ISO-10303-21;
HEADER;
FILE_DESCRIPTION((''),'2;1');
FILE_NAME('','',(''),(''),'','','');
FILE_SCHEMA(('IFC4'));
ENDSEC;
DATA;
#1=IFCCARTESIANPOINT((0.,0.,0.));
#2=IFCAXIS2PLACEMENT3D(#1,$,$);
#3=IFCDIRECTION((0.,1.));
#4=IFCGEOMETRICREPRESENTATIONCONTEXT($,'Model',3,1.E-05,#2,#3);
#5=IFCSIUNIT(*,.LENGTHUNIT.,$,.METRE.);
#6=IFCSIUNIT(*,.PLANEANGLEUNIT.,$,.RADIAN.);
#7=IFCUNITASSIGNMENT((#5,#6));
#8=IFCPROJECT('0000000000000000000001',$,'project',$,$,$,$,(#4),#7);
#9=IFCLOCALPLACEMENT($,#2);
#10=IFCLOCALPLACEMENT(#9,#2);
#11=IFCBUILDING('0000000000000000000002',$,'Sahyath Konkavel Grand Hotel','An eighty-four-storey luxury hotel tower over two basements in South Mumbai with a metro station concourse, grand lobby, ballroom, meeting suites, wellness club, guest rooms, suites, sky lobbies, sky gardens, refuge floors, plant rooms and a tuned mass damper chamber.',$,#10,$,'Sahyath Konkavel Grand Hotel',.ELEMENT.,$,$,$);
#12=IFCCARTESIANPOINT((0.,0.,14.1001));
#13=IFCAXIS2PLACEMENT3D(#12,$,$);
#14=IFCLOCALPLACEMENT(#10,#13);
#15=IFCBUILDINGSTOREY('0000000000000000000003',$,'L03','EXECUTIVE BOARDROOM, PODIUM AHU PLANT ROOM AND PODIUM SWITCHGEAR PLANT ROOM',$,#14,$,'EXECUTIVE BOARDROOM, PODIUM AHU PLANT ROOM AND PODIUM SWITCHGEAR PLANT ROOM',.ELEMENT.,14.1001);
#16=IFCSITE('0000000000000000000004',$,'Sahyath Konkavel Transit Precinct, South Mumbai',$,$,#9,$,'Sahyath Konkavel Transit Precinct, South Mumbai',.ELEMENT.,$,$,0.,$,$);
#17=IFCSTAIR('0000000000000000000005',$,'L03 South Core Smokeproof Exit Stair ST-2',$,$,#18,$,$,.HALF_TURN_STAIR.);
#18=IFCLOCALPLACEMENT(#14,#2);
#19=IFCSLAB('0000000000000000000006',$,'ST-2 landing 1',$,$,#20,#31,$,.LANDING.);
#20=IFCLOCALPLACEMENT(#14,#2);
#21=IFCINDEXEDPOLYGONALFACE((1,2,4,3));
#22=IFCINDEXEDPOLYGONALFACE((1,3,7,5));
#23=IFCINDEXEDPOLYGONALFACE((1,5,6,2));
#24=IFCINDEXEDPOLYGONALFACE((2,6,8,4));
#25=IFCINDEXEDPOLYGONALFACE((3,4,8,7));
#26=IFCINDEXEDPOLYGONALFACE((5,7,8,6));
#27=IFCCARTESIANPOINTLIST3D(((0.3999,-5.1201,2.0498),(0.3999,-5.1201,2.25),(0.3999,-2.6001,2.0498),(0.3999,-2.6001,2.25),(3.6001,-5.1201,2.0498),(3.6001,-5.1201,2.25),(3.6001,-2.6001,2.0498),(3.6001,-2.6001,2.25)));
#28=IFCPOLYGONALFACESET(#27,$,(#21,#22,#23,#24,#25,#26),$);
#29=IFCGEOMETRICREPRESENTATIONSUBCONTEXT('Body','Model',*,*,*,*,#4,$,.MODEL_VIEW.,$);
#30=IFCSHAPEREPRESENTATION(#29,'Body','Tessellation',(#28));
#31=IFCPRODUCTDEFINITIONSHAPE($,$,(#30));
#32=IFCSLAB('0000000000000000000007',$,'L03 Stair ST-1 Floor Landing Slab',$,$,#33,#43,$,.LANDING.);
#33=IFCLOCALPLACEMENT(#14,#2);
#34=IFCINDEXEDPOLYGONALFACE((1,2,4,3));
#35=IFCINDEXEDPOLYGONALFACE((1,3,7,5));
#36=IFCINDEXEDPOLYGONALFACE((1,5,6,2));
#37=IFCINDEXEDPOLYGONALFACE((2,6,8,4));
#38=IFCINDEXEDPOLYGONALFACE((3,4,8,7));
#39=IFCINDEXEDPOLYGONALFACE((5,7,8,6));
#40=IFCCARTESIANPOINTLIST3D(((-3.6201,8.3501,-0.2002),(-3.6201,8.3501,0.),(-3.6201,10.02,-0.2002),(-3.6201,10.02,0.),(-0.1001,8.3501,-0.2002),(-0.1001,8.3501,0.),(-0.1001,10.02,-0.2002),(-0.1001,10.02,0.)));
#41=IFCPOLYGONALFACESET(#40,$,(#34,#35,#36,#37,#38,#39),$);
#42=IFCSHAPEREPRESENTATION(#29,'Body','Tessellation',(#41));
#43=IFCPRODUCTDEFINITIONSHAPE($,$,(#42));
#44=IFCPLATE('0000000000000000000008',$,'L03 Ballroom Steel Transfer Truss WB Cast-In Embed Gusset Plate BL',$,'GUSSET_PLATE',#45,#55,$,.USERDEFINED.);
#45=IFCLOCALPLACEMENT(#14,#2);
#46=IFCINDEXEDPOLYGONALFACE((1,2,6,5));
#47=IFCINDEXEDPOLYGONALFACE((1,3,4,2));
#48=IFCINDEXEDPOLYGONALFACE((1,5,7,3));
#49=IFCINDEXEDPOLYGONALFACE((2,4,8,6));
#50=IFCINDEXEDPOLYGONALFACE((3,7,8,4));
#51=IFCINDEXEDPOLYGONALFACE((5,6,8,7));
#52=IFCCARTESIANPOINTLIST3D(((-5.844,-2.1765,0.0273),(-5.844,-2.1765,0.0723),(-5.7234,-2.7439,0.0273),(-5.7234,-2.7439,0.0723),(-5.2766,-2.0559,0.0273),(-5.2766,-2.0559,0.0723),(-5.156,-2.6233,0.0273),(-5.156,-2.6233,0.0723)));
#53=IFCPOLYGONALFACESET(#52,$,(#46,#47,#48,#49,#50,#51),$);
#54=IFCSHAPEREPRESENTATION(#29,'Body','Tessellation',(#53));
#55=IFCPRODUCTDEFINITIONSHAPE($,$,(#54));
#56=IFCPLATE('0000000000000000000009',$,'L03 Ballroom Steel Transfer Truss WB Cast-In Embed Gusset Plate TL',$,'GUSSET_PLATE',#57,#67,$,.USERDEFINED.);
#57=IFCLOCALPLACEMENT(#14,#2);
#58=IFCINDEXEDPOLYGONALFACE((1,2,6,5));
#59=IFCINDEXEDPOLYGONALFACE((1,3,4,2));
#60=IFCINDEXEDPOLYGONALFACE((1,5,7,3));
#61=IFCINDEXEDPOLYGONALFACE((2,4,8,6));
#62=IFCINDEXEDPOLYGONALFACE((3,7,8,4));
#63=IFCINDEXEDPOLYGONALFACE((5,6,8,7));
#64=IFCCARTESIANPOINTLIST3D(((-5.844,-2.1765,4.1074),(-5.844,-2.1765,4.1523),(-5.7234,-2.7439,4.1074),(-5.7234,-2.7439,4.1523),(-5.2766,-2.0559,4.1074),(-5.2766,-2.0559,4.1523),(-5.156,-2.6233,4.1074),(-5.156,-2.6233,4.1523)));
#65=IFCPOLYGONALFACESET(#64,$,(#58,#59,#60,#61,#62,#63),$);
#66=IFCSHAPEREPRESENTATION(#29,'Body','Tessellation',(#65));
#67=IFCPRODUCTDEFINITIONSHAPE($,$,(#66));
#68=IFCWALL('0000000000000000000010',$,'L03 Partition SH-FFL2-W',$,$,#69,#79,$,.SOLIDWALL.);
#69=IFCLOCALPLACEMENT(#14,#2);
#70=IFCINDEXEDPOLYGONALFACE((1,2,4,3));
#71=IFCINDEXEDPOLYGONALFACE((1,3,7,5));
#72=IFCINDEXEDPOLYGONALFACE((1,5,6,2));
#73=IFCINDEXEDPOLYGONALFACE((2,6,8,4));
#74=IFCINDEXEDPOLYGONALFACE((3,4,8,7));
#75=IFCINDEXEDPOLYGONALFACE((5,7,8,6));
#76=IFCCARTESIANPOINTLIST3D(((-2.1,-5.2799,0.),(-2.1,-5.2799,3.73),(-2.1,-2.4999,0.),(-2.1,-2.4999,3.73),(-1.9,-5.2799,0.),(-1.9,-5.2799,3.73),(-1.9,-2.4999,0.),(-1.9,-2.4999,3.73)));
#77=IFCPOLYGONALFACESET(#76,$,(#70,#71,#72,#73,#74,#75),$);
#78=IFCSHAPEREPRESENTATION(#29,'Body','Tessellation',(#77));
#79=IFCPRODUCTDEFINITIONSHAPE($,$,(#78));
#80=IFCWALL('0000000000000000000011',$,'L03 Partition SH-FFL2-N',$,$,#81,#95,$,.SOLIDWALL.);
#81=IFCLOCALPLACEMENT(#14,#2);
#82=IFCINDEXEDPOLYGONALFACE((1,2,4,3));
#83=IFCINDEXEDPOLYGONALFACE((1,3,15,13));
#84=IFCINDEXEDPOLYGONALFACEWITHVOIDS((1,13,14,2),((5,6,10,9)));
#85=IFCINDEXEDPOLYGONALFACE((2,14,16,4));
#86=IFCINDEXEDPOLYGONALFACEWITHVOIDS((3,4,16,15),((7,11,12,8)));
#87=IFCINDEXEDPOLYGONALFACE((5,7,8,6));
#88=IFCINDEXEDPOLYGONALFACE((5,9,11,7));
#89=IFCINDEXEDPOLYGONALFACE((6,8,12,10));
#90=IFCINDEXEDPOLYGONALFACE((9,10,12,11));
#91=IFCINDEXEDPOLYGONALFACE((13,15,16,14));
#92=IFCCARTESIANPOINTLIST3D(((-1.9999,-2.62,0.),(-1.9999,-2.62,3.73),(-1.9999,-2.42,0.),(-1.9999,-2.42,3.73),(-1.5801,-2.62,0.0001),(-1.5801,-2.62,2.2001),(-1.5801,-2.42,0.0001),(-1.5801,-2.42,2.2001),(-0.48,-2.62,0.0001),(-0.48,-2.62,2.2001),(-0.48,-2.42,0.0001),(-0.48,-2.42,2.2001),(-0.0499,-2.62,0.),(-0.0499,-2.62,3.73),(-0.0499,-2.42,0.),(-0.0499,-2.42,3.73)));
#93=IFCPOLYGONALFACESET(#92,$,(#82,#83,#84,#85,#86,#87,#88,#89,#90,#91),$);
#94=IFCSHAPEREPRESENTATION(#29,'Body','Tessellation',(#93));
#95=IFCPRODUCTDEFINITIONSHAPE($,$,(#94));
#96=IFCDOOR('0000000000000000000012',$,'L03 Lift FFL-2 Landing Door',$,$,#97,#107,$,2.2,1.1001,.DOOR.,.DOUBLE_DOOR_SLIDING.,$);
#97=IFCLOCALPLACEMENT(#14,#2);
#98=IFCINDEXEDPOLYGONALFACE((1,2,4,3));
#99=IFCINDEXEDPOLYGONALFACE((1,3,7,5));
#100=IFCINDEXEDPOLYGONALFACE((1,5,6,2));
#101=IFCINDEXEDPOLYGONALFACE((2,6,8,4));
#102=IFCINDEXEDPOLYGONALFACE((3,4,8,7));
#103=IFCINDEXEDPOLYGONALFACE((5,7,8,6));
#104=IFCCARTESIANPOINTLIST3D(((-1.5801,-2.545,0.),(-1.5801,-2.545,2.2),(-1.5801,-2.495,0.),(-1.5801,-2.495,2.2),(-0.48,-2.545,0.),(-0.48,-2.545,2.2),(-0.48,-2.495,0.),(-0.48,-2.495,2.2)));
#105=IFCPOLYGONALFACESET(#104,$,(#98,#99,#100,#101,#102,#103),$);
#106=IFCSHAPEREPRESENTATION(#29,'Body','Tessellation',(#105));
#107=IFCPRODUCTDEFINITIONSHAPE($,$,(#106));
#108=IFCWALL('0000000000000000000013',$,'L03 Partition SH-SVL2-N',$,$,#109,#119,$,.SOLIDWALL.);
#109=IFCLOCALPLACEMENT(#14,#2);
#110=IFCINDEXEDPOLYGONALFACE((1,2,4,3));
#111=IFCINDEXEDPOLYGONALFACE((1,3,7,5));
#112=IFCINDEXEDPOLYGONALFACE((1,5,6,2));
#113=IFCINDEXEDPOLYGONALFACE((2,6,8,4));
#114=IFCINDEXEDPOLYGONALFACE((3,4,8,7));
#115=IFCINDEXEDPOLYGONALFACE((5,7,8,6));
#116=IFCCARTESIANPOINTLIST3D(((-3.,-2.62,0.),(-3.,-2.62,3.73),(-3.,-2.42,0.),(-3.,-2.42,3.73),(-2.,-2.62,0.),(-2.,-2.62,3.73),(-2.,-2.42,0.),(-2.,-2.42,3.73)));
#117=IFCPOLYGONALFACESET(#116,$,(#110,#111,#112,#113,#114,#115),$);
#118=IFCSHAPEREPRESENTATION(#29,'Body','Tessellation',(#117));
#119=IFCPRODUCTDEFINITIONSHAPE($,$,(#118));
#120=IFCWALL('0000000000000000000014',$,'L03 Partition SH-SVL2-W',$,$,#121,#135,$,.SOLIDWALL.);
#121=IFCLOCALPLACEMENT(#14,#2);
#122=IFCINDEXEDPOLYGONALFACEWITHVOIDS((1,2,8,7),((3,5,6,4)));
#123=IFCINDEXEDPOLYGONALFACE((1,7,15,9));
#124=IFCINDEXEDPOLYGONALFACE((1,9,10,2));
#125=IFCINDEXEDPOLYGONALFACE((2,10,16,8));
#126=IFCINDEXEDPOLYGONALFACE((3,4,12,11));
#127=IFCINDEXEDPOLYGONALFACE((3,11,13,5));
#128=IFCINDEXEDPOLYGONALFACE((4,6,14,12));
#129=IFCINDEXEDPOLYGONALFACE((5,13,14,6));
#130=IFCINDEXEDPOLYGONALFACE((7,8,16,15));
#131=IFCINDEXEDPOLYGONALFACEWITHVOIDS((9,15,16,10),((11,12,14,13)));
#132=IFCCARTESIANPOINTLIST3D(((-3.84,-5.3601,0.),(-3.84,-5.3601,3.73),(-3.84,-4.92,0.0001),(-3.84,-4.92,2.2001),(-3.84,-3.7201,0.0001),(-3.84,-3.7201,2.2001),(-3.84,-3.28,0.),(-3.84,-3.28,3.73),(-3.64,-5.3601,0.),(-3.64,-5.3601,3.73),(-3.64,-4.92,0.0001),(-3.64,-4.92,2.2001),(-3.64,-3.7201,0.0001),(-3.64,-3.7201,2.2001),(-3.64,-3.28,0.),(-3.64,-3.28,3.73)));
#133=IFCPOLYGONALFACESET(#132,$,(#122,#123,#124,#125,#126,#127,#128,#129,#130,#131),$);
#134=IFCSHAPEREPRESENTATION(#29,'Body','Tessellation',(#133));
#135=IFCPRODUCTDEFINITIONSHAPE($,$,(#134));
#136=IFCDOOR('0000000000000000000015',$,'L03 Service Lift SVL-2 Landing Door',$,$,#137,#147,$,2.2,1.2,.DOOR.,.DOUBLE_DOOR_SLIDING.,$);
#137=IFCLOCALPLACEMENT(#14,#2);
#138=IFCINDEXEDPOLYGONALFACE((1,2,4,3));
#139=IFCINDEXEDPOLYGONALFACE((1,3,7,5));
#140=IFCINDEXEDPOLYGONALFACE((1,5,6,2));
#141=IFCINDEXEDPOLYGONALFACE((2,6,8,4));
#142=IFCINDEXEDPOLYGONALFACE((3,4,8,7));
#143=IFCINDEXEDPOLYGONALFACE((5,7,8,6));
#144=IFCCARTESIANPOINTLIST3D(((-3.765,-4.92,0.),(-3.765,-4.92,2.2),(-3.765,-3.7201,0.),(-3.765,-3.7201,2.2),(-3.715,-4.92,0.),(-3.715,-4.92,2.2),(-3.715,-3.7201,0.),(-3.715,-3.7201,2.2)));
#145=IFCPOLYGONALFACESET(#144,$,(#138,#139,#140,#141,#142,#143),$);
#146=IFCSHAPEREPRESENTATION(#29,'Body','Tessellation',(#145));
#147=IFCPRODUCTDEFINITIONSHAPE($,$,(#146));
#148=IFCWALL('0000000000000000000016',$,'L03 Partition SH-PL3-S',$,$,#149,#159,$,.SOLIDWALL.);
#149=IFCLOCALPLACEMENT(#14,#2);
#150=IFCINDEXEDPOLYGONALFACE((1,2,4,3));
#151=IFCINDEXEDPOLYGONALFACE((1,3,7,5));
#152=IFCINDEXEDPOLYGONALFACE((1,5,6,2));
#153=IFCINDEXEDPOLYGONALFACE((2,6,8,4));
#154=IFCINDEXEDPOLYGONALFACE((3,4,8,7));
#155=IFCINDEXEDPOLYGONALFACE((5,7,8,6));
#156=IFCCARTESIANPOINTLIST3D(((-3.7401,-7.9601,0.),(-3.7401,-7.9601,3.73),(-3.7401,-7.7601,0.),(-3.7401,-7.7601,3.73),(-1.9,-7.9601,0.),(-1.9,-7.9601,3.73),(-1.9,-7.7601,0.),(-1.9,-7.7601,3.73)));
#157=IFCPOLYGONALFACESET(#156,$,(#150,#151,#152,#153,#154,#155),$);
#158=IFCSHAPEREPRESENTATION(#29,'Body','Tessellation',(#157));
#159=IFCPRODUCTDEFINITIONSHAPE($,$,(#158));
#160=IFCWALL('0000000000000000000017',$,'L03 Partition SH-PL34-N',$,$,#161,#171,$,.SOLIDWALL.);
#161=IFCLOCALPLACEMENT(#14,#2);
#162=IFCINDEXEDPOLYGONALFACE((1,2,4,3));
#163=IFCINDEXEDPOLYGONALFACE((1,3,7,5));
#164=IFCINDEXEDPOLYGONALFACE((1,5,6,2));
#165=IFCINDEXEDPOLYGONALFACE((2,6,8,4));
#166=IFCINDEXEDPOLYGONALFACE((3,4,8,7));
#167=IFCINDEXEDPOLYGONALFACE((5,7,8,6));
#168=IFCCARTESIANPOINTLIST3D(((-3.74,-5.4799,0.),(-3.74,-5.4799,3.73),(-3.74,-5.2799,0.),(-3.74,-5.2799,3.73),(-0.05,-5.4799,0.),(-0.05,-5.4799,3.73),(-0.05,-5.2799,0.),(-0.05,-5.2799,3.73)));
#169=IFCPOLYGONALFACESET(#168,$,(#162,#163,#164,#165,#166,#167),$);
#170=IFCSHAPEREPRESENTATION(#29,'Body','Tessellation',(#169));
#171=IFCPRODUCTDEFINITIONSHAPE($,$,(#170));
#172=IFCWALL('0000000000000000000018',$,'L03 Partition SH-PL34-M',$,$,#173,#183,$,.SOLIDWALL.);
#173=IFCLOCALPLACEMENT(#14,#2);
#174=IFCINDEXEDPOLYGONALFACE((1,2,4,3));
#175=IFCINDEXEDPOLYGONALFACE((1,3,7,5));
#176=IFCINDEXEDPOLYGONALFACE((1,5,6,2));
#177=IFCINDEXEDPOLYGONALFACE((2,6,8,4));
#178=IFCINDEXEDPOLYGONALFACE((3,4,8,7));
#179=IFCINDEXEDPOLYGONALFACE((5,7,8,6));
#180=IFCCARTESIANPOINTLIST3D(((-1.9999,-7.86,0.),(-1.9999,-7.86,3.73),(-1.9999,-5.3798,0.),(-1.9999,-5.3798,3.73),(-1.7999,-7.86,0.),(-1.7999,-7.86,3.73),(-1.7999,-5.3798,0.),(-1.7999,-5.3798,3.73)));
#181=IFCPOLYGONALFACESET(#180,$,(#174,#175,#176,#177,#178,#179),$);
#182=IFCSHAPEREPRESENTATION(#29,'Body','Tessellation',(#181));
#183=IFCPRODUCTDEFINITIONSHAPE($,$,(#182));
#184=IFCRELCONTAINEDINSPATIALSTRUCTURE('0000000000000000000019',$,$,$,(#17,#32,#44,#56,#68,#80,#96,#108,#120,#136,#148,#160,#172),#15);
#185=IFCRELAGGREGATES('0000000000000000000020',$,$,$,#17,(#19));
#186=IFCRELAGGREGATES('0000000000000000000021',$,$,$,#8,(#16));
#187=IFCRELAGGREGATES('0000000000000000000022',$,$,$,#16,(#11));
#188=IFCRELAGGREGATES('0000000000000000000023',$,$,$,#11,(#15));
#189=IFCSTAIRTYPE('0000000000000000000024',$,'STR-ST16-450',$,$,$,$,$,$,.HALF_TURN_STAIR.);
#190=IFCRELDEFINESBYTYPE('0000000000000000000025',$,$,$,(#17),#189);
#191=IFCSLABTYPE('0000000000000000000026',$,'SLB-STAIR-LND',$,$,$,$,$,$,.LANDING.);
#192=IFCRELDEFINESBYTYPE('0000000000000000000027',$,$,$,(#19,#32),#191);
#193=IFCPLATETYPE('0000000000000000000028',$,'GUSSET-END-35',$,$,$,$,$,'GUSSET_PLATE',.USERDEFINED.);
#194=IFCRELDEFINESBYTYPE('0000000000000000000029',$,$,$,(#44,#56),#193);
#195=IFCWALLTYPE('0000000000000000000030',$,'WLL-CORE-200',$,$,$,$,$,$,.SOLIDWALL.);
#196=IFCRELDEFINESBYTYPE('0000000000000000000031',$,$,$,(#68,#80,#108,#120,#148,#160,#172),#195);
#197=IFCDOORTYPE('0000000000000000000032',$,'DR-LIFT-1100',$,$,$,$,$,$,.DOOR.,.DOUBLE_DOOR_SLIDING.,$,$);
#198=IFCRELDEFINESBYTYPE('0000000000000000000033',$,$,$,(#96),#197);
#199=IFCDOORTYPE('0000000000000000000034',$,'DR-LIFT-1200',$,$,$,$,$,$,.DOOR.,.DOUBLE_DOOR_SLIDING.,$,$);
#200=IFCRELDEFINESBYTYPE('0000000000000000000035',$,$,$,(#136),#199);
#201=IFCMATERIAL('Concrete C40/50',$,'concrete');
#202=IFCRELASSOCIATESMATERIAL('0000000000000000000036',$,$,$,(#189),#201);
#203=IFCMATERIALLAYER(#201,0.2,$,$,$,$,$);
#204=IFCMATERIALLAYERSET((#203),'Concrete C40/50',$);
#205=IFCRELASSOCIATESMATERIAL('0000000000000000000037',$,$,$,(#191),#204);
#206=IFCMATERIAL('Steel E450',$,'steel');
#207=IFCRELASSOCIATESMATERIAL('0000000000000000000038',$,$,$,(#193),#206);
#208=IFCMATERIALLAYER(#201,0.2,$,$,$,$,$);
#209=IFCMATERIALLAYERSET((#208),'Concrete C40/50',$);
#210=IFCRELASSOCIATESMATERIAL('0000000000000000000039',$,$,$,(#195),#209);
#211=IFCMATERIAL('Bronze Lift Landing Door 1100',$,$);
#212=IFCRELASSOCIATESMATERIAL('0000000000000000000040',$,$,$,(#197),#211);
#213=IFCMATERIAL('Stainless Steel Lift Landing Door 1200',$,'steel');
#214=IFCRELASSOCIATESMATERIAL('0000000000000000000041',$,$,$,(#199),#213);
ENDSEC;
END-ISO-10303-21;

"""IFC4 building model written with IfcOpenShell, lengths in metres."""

from ifc_helpers import new_model, si_unit, direction, frame, frame_2d, origin, origin_2d, place, context, subcontext, project, spatial, polyline, rectangle, outline, extrude, source, transform, mapped, material, layer, layer_set, type_object, element, fill, aggregate, save


model = new_model("IFC4")

# Units and contexts
model_context = context("Model", 3, precision=1e-05, world=origin(), true_north=direction((0.0, 1.0)))
body_context = subcontext(model_context, "Body", "Model", "MODEL_VIEW")
ifc_project = project(units=[si_unit("LENGTHUNIT", "METRE"), si_unit("PLANEANGLEUNIT", "RADIAN")], contexts=[model_context])

# Site, building, storey
site_placement = place(None, origin())
site = spatial("IfcSite", under=ifc_project, at=site_placement, Name="Sahyath Konkavel Transit Precinct, South Mumbai", LongName="Sahyath Konkavel Transit Precinct, South Mumbai", CompositionType="ELEMENT", RefElevation=0.0)
building_placement = place(site_placement, origin())
building = spatial("IfcBuilding", under=site, at=building_placement, Name="Sahyath Konkavel Grand Hotel", Description="An eighty-four-storey luxury hotel tower over two basements in South Mumbai with a metro station concourse, grand lobby, ballroom, meeting suites, wellness club, guest rooms, suites, sky lobbies, sky gardens, refuge floors, plant rooms and a tuned mass damper chamber.", LongName="Sahyath Konkavel Grand Hotel", CompositionType="ELEMENT")
storey_placement = place(building_placement, frame((0.0, 0.0, 14.1001)))
storey = spatial("IfcBuildingStorey", under=building, at=storey_placement, Name="L03", Description="EXECUTIVE BOARDROOM, PODIUM AHU PLANT ROOM AND PODIUM SWITCHGEAR PLANT ROOM", LongName="EXECUTIVE BOARDROOM, PODIUM AHU PLANT ROOM AND PODIUM SWITCHGEAR PLANT ROOM", CompositionType="ELEMENT", Elevation=14.1001)

# Shared definitions
ifc_material_1 = material(Name="Steel E450", Category="steel")

# Stair, slab
ifc_material_2 = material(Name="Concrete C40/50", Category="concrete")
stair_type = type_object("IfcStairType", Name="STR-ST16-450", PredefinedType="HALF_TURN_STAIR", material=ifc_material_2)
ifc_layer_1 = layer(ifc_material_2, 0.2)
ifc_layer_set_1 = layer_set([ifc_layer_1], Name="Concrete C40/50")
slab_type_1 = type_object("IfcSlabType", Name="SLB-STAIR-LND", PredefinedType="LANDING", material=ifc_layer_set_1)
stair_1_placement = place(storey_placement, origin())
stair_1 = element("IfcStair", 1, at=stair_1_placement, inside=storey, type_object=stair_type, Name="L03 South Core Smokeproof Exit Stair ST-2", PredefinedType="HALF_TURN_STAIR")
slab_1_placement = place(storey_placement, frame((0.0, 0.0, 2.0498)))
slab_1 = element("IfcSlab", 2, at=slab_1_placement, type_object=slab_type_1, Name="ST-2 landing 1", PredefinedType="LANDING", context=body_context, shape_type="SweptSolid", body=[
    extrude(outline(polyline([(3.6001, -5.1201), (3.6001, -2.6001), (0.3999, -2.6001), (0.3999, -5.1201), (3.6001, -5.1201)])), origin(), (0.0, 0.0, 1.0), 0.2002),
])
aggregate(stair_1, [slab_1])

# Slab
slab_2_placement = place(storey_placement, frame((0.0, 0.0, -0.2002)))
element("IfcSlab", 3, at=slab_2_placement, inside=storey, type_object=slab_type_1, Name="L03 Stair ST-1 Floor Landing Slab", PredefinedType="LANDING", context=body_context, shape_type="SweptSolid", body=[
    extrude(outline(polyline([(-3.6201, 8.3501), (-0.1001, 8.3501), (-0.1001, 10.02), (-3.6201, 10.02), (-3.6201, 8.3501)])), origin(), (0.0, 0.0, 1.0), 0.2002),
])

# Plates
plate_type = type_object("IfcPlateType", Name="GUSSET-END-35", ElementType="GUSSET_PLATE", PredefinedType="USERDEFINED", material=ifc_material_1)
shared_shape_1 = source(origin(), body_context, "Body", "SweptSolid", [
    extrude(rectangle(XDim=0.5801, YDim=0.5801, at=origin_2d()), origin(), (0.0, 0.0, 1.0), 0.0449),
])
for number, where, z_axis, x_axis, name in (
    (4, (-5.5, -2.3999, 0.0273), (0.0, 0.0, 1.0), (-0.978144, -0.207929, 0.0), "L03 Ballroom Steel Transfer Truss WB Cast-In Embed Gusset Plate BL"),
    (5, (-5.5, -2.3999, 4.1074), (0.0, 0.0, 1.0), (-0.978144, -0.207929, 0.0), "L03 Ballroom Steel Transfer Truss WB Cast-In Embed Gusset Plate TL"),
):
    element("IfcPlate", number, at=place(storey_placement, frame(where, z_axis=z_axis, x_axis=x_axis)), inside=storey, type_object=plate_type, Name=name, ObjectType="GUSSET_PLATE", PredefinedType="USERDEFINED", context=body_context, shape_type="MappedRepresentation", body=[
        mapped(shared_shape_1, transform((0.0, 0.0, 0.0), scale=1.0)),
    ])

# Wall
ifc_layer_2 = layer(ifc_material_2, 0.2)
ifc_layer_set_2 = layer_set([ifc_layer_2], Name="Concrete C40/50")
wall_type = type_object("IfcWallType", Name="WLL-CORE-200", PredefinedType="SOLIDWALL", material=ifc_layer_set_2)
wall_1_placement = place(storey_placement, frame((-2.0, -5.28, 0.0), z_axis=(0.0, 0.0, 1.0), x_axis=(0.0, 1.0, 0.0)))
element("IfcWall", 6, at=wall_1_placement, inside=storey, type_object=wall_type, Name="L03 Partition SH-FFL2-W", PredefinedType="SOLIDWALL", context=body_context, shape_type="SweptSolid", body=[
    extrude(rectangle(XDim=2.78, YDim=0.2, at=frame_2d((1.3901, 0.0))), origin(), (0.0, 0.0, 1.0), 3.73),
])

# Wall, opening, door
wall_2_placement = place(storey_placement, frame((-2.0, -2.52, 0.0), z_axis=(0.0, 0.0, 1.0), x_axis=(1.0, 0.0, 0.0)))
wall_2 = element("IfcWall", 7, at=wall_2_placement, inside=storey, type_object=wall_type, Name="L03 Partition SH-FFL2-N", PredefinedType="SOLIDWALL", context=body_context, shape_type="SweptSolid", body=[
    extrude(rectangle(XDim=1.95, YDim=0.2, at=frame_2d((0.9751, 0.0))), origin(), (0.0, 0.0, 1.0), 3.73),
])
opening_1_placement = place(wall_2_placement, frame((0.4199, 0.0, 0.0)))
opening_1 = element("IfcOpeningElement", 8, at=opening_1_placement, cuts=wall_2, PredefinedType="OPENING", context=body_context, shape_type="SweptSolid", body=[
    extrude(rectangle(XDim=1.1001, YDim=2.2, at=frame_2d((0.55, 1.1001))), frame((0.0, 0.1099, 0.0), z_axis=(0.0, -1.0, 0.0), x_axis=(1.0, 0.0, 0.0)), (0.0, 0.0, 1.0), 0.22),
])
ifc_material_3 = material(Name="Bronze Lift Landing Door 1100")
door_type_1 = type_object("IfcDoorType", Name="DR-LIFT-1100", OperationType="DOUBLE_DOOR_SLIDING", PredefinedType="DOOR", material=ifc_material_3)
shared_shape_2 = source(origin(), body_context, "Body", "SweptSolid", [
    extrude(rectangle(XDim=1.1001, YDim=0.05, at=origin_2d()), origin(), (0.0, 0.0, 1.0), 2.2),
])
door_1_placement = place(opening_1_placement, frame((0.55, 0.0, 0.0)))
door_1 = element("IfcDoor", 9, at=door_1_placement, inside=storey, type_object=door_type_1, Name="L03 Lift FFL-2 Landing Door", OperationType="DOUBLE_DOOR_SLIDING", OverallHeight=2.2, OverallWidth=1.1001, PredefinedType="DOOR", context=body_context, shape_type="MappedRepresentation", body=[
    mapped(shared_shape_2, transform((0.0, 0.0, 0.0), scale=1.0)),
])
fill(opening_1, door_1)

# Wall
wall_3_placement = place(storey_placement, frame((-3.0, -2.52, 0.0), z_axis=(0.0, 0.0, 1.0), x_axis=(1.0, 0.0, 0.0)))
element("IfcWall", 10, at=wall_3_placement, inside=storey, type_object=wall_type, Name="L03 Partition SH-SVL2-N", PredefinedType="SOLIDWALL", context=body_context, shape_type="SweptSolid", body=[
    extrude(rectangle(XDim=1.0, YDim=0.2, at=frame_2d((0.5, 0.0))), origin(), (0.0, 0.0, 1.0), 3.73),
])

# Wall, opening, door
wall_4_placement = place(storey_placement, frame((-3.74, -5.3601, 0.0), z_axis=(0.0, 0.0, 1.0), x_axis=(0.0, 1.0, 0.0)))
wall_4 = element("IfcWall", 11, at=wall_4_placement, inside=storey, type_object=wall_type, Name="L03 Partition SH-SVL2-W", PredefinedType="SOLIDWALL", context=body_context, shape_type="SweptSolid", body=[
    extrude(rectangle(XDim=2.0801, YDim=0.2, at=frame_2d((1.04, 0.0))), origin(), (0.0, 0.0, 1.0), 3.73),
])
opening_2_placement = place(wall_4_placement, frame((0.4399, 0.0, 0.0)))
opening_2 = element("IfcOpeningElement", 12, at=opening_2_placement, cuts=wall_4, PredefinedType="OPENING", context=body_context, shape_type="SweptSolid", body=[
    extrude(rectangle(XDim=1.2, YDim=2.2, at=frame_2d((0.6001, 1.1001))), frame((0.0, 0.1099, 0.0), z_axis=(0.0, -1.0, 0.0), x_axis=(1.0, 0.0, 0.0)), (0.0, 0.0, 1.0), 0.22),
])
ifc_material_4 = material(Name="Stainless Steel Lift Landing Door 1200", Category="steel")
door_type_2 = type_object("IfcDoorType", Name="DR-LIFT-1200", OperationType="DOUBLE_DOOR_SLIDING", PredefinedType="DOOR", material=ifc_material_4)
shared_shape_3 = source(origin(), body_context, "Body", "SweptSolid", [
    extrude(rectangle(XDim=1.2, YDim=0.05, at=origin_2d()), origin(), (0.0, 0.0, 1.0), 2.2),
])
door_2_placement = place(opening_2_placement, frame((0.6001, 0.0, 0.0)))
door_2 = element("IfcDoor", 13, at=door_2_placement, inside=storey, type_object=door_type_2, Name="L03 Service Lift SVL-2 Landing Door", OperationType="DOUBLE_DOOR_SLIDING", OverallHeight=2.2, OverallWidth=1.2, PredefinedType="DOOR", context=body_context, shape_type="MappedRepresentation", body=[
    mapped(shared_shape_3, transform((0.0, 0.0, 0.0), scale=1.0)),
])
fill(opening_2, door_2)

# Walls
wall_5_placement = place(storey_placement, frame((-3.74, -7.8601, 0.0), z_axis=(0.0, 0.0, 1.0), x_axis=(1.0, 0.0, 0.0)))
element("IfcWall", 14, at=wall_5_placement, inside=storey, type_object=wall_type, Name="L03 Partition SH-PL3-S", PredefinedType="SOLIDWALL", context=body_context, shape_type="SweptSolid", body=[
    extrude(rectangle(XDim=1.8401, YDim=0.2, at=frame_2d((0.9199, 0.0))), origin(), (0.0, 0.0, 1.0), 3.73),
])
wall_6_placement = place(storey_placement, frame((-3.74, -5.3799, 0.0), z_axis=(0.0, 0.0, 1.0), x_axis=(1.0, 0.0, 0.0)))
element("IfcWall", 15, at=wall_6_placement, inside=storey, type_object=wall_type, Name="L03 Partition SH-PL34-N", PredefinedType="SOLIDWALL", context=body_context, shape_type="SweptSolid", body=[
    extrude(rectangle(XDim=3.6899, YDim=0.2, at=frame_2d((1.845, 0.0))), origin(), (0.0, 0.0, 1.0), 3.73),
])
wall_7_placement = place(storey_placement, frame((-1.8999, -7.8601, 0.0), z_axis=(0.0, 0.0, 1.0), x_axis=(0.0, 1.0, 0.0)))
element("IfcWall", 16, at=wall_7_placement, inside=storey, type_object=wall_type, Name="L03 Partition SH-PL34-M", PredefinedType="SOLIDWALL", context=body_context, shape_type="SweptSolid", body=[
    extrude(rectangle(XDim=2.4802, YDim=0.2, at=frame_2d((1.2402, 0.0))), origin(), (0.0, 0.0, 1.0), 3.73),
])

save(model, "model.ifc")
